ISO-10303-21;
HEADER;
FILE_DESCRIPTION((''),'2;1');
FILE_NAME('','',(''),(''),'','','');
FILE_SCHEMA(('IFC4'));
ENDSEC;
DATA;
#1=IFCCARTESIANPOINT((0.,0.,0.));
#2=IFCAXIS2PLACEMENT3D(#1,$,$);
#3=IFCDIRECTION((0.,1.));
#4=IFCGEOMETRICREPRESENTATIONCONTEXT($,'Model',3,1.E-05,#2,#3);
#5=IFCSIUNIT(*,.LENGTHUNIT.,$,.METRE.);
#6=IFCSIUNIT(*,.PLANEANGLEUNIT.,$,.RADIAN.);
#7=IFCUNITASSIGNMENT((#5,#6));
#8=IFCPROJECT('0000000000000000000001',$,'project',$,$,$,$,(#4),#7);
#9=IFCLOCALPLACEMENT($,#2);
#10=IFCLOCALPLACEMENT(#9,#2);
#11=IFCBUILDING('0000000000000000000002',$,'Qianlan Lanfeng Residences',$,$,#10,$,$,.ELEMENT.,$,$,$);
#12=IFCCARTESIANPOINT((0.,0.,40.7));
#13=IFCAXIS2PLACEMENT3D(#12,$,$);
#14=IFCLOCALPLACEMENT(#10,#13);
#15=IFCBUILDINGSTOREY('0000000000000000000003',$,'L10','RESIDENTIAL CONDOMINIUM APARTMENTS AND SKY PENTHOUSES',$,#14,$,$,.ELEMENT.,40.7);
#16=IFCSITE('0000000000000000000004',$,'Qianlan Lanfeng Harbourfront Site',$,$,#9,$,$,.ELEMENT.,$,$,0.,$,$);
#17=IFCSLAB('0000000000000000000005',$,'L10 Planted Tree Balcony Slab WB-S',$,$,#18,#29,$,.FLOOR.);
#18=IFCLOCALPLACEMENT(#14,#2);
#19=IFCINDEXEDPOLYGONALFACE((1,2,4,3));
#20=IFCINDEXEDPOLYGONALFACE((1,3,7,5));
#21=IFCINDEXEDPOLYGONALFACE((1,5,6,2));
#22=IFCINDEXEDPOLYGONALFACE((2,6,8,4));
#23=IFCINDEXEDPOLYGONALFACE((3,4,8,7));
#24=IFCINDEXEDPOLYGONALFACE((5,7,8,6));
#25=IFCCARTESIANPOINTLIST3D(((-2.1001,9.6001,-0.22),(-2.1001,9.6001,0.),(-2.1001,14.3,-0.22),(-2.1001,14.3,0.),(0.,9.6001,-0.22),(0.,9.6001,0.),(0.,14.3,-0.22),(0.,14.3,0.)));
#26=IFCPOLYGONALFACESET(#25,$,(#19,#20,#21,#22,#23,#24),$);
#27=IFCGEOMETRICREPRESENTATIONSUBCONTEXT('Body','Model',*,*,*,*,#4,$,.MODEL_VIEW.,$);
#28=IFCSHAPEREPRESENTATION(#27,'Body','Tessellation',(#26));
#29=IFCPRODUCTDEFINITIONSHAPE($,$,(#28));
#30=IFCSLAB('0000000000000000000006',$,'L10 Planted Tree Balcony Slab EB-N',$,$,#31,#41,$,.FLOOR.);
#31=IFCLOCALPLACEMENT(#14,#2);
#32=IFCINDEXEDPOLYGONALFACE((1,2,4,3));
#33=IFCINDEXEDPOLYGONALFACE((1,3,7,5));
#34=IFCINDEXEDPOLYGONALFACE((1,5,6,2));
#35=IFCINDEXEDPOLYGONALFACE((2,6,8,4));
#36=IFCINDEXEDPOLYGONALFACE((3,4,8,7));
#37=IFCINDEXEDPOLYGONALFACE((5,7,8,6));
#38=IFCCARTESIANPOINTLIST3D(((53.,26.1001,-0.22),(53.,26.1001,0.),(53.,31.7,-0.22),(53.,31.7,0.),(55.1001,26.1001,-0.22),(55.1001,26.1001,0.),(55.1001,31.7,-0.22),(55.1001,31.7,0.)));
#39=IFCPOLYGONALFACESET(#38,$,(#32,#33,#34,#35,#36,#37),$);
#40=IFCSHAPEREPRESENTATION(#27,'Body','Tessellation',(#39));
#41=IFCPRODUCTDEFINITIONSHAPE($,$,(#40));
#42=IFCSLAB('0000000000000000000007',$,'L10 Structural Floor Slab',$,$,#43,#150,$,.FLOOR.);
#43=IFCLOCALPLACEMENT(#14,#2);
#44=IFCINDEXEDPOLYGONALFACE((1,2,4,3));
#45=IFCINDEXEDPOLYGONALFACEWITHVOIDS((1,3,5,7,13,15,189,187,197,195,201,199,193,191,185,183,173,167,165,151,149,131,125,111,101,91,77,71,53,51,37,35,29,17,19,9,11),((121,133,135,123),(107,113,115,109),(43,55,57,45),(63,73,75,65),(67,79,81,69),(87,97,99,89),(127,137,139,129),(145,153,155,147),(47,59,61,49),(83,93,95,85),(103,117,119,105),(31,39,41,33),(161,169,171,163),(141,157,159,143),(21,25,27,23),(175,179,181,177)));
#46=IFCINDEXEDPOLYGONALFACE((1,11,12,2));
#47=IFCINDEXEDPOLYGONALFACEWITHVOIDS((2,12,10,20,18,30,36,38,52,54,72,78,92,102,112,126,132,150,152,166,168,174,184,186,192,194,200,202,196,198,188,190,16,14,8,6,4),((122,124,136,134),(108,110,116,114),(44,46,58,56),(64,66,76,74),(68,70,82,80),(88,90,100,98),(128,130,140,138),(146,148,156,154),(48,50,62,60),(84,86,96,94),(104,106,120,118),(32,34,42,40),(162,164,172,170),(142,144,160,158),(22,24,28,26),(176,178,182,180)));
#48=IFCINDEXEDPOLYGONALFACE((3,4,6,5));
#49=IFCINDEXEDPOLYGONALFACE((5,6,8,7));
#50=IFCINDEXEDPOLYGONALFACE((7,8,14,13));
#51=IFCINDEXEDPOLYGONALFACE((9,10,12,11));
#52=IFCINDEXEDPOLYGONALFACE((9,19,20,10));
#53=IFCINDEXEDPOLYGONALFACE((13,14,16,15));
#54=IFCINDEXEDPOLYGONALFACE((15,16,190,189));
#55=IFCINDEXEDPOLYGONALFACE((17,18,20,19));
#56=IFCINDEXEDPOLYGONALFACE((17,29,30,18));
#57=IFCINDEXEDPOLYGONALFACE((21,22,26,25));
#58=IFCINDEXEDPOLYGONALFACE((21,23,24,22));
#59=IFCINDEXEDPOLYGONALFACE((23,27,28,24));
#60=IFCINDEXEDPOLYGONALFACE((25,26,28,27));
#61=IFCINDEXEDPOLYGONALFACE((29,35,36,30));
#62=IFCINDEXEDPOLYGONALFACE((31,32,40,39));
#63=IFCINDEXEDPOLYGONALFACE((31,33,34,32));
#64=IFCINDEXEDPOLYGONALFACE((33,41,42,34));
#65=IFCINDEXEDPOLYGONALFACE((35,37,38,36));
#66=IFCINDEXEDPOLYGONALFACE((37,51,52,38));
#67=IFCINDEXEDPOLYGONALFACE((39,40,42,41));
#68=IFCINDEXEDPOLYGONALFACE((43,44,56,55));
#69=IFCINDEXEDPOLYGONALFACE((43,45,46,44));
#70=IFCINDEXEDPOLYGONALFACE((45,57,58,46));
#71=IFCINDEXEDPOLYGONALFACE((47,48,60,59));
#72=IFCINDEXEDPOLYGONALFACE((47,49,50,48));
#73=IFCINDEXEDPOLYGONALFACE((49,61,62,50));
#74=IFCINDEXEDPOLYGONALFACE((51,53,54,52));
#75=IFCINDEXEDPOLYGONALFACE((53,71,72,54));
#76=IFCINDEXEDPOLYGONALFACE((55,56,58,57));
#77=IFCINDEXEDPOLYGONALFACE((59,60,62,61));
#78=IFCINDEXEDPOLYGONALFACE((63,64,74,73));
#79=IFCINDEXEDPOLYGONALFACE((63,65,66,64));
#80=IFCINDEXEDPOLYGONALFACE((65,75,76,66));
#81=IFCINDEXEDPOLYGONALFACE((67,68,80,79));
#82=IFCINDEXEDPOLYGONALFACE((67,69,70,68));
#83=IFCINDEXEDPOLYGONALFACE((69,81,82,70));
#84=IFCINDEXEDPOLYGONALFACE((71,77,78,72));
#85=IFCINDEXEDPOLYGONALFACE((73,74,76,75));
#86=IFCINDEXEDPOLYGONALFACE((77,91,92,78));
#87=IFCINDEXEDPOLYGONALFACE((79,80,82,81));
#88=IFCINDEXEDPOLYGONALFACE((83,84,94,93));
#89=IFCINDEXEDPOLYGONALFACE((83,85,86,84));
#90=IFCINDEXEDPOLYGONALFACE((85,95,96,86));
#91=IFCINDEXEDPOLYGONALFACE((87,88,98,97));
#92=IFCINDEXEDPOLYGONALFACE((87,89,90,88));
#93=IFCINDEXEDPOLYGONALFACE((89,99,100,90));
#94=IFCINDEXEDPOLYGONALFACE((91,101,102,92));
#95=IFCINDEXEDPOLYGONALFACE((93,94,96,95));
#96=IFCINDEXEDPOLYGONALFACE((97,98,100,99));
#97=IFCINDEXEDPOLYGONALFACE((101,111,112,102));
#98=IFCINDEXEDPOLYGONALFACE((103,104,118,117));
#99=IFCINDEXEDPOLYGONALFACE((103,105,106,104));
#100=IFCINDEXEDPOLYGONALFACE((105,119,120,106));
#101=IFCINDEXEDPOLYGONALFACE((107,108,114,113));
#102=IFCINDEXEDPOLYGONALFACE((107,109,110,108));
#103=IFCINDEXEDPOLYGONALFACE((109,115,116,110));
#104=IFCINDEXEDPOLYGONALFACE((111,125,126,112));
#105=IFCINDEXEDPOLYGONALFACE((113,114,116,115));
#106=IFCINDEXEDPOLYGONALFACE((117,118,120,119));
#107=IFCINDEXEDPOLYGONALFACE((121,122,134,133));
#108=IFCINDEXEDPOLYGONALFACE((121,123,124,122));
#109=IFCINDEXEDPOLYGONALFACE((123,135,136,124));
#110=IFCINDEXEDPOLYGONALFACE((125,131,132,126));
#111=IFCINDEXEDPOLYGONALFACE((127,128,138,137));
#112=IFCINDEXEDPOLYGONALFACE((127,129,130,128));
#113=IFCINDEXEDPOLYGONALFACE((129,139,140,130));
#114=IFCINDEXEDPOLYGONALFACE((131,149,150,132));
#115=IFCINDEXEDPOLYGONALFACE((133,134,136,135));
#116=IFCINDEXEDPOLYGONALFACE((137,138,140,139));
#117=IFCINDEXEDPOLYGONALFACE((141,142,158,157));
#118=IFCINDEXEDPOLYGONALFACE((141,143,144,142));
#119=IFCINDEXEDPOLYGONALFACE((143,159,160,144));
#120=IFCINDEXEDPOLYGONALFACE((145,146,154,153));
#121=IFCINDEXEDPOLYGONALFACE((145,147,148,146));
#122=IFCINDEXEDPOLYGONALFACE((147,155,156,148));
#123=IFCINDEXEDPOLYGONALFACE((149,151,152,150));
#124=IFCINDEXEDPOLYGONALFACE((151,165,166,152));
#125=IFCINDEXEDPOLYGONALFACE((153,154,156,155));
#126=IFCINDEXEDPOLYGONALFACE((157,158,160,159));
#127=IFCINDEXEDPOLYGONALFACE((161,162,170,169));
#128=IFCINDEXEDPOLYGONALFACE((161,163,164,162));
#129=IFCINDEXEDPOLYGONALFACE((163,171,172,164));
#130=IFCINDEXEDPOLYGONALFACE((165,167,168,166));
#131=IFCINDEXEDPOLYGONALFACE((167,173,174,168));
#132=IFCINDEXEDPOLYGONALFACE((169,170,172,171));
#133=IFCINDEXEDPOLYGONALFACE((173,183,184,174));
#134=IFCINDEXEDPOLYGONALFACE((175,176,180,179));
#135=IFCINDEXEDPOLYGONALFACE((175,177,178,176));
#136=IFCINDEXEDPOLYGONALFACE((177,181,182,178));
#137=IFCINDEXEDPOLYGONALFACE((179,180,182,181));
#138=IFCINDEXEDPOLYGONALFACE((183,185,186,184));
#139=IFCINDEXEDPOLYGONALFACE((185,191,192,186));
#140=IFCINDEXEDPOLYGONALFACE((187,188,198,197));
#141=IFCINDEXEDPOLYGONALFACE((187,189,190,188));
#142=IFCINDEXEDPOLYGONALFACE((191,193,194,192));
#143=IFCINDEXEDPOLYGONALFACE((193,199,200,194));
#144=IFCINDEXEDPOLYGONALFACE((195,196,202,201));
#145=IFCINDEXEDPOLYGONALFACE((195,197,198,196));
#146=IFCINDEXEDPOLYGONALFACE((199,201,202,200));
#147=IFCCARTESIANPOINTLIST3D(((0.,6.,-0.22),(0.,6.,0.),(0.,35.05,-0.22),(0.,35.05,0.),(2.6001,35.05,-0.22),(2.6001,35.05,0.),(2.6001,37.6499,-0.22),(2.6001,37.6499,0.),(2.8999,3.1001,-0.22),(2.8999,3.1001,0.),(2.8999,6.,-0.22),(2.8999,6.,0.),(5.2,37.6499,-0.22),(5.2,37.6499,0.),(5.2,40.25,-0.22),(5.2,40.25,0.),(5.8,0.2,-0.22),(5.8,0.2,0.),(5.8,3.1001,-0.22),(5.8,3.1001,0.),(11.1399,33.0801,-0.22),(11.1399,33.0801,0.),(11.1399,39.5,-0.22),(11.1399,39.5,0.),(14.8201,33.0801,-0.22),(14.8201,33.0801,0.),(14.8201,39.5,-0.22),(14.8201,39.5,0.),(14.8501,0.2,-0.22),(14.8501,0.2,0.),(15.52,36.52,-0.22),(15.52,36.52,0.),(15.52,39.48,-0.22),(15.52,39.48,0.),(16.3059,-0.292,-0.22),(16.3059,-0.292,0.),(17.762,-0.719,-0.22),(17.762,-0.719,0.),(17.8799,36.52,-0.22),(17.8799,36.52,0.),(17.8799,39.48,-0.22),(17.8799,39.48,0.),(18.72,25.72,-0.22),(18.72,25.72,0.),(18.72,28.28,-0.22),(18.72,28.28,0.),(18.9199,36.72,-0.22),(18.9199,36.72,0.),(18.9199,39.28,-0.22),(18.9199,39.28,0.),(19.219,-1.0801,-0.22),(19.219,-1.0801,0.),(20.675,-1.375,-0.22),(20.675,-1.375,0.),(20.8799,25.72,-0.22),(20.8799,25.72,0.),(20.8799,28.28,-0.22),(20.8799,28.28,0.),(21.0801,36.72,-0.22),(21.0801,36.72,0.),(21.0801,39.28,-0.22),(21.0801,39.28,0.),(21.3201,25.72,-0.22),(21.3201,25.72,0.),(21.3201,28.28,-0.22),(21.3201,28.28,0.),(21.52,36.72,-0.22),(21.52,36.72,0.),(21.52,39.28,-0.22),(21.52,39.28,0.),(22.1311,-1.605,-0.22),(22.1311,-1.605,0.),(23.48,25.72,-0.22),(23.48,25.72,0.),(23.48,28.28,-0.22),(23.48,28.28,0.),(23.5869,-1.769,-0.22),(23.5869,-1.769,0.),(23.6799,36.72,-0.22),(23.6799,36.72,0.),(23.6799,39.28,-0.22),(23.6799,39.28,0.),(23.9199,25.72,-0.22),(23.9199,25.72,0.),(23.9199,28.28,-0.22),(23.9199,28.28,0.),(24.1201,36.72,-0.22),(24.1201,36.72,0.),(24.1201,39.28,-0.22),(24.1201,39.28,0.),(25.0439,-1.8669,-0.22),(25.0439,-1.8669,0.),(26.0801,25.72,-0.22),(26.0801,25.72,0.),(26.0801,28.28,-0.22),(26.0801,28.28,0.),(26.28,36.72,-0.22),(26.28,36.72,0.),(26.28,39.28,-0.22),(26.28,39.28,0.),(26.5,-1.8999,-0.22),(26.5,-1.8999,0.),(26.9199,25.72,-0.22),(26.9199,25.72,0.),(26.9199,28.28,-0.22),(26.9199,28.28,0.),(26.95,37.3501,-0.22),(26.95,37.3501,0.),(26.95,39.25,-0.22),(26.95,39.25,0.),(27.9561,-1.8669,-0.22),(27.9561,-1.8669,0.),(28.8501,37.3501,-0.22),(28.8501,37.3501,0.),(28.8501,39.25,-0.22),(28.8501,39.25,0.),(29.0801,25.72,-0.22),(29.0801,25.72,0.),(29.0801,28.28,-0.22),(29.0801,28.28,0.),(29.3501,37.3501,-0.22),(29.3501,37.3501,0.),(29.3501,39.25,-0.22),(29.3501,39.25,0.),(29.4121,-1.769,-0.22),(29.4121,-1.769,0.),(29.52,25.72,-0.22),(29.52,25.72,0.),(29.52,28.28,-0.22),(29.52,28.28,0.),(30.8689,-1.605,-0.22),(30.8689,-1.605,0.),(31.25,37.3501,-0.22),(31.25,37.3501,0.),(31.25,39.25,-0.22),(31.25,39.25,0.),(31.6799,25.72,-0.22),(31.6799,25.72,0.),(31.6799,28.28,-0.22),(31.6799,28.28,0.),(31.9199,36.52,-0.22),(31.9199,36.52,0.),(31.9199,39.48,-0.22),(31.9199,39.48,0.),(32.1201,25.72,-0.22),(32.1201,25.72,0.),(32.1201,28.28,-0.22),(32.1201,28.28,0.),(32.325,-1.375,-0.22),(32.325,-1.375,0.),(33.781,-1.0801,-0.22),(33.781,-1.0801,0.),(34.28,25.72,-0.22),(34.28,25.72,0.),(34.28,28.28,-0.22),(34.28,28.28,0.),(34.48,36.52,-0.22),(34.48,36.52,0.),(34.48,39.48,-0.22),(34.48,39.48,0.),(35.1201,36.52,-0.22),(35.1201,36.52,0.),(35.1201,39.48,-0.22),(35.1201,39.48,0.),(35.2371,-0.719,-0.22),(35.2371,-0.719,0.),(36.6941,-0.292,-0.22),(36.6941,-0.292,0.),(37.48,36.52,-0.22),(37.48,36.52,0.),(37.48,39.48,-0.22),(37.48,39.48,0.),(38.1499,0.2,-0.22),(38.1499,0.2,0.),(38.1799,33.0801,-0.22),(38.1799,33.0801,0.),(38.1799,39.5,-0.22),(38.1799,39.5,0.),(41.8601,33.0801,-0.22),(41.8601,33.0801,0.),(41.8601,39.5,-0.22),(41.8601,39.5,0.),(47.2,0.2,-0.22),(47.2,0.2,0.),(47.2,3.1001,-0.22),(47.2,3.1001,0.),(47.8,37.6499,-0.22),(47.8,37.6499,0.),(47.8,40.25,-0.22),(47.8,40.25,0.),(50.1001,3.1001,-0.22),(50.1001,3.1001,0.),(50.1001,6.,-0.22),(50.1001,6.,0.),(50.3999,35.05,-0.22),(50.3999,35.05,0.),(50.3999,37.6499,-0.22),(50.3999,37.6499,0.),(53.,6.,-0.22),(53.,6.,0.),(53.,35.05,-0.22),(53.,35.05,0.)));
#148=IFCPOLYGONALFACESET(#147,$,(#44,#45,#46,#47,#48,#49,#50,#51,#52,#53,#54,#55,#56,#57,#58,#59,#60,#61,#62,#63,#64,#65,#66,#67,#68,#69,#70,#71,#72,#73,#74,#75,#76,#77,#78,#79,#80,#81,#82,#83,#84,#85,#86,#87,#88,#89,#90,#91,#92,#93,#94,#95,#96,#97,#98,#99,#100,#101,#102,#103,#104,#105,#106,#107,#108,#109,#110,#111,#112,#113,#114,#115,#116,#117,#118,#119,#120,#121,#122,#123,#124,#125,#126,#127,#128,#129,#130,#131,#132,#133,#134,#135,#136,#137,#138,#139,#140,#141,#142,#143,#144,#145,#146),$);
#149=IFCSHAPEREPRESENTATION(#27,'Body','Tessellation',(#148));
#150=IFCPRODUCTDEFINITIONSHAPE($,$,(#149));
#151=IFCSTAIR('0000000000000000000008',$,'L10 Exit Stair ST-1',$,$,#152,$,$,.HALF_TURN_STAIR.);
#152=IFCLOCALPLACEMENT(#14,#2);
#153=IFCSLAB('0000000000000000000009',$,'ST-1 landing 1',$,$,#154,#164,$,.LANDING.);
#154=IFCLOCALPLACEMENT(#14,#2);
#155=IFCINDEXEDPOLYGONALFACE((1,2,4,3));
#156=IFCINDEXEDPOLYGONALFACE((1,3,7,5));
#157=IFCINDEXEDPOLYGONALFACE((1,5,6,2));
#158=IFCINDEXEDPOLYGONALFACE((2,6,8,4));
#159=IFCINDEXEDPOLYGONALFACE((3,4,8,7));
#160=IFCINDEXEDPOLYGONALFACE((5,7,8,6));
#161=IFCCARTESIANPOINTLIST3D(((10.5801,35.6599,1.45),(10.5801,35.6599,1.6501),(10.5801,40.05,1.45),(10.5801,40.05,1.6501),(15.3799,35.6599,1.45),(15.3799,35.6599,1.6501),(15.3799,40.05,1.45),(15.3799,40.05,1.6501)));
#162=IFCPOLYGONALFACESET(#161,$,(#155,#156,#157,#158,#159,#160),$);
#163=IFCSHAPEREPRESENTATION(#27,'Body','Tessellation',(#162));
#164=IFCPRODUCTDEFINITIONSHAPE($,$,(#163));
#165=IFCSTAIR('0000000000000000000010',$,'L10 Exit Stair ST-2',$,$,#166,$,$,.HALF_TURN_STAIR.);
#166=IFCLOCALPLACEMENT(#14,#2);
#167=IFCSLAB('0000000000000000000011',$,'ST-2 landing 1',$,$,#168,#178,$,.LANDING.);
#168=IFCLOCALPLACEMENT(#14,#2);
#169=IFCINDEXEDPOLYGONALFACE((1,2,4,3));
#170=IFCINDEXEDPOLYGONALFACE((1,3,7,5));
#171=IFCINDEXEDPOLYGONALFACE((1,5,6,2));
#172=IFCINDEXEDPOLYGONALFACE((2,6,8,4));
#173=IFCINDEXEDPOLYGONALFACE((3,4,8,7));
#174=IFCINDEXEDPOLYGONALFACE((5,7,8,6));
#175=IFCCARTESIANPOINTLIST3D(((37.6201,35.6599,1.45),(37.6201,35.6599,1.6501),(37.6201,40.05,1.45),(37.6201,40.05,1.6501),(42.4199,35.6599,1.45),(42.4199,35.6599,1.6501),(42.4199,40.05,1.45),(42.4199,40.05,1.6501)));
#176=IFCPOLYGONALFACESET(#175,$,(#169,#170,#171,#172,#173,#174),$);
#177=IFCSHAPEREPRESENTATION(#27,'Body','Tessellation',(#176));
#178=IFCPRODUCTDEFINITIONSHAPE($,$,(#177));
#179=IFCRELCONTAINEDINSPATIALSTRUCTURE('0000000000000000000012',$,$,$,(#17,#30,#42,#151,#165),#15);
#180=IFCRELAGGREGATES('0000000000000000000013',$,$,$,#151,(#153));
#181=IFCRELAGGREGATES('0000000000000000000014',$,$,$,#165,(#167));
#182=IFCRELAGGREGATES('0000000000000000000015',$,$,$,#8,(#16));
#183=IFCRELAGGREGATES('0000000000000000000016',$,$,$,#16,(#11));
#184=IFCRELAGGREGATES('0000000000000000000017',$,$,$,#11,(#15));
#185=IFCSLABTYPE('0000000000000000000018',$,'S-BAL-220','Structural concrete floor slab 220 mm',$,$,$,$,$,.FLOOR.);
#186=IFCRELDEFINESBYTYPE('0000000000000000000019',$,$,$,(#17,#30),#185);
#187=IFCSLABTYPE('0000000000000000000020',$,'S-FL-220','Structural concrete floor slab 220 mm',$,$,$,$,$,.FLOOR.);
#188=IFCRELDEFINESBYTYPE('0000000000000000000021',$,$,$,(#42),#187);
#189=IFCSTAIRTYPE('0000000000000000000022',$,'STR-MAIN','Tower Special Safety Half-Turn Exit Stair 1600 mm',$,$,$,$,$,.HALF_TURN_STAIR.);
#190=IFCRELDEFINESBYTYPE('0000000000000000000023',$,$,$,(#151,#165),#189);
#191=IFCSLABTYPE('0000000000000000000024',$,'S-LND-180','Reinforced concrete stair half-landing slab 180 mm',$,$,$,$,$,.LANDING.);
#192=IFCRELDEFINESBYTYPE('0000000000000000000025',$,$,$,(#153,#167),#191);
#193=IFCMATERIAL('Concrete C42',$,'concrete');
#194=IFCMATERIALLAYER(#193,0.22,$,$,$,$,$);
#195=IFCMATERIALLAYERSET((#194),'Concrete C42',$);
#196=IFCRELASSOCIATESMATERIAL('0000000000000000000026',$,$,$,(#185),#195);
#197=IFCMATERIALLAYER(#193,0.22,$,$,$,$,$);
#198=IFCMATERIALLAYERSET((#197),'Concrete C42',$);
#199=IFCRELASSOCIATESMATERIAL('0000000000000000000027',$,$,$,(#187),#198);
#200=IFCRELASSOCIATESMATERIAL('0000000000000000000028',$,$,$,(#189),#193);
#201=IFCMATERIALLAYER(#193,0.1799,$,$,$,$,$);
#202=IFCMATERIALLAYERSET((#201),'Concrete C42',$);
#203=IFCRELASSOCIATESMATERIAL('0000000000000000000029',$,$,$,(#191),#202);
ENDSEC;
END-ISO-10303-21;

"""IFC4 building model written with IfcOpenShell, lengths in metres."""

from ifc_helpers import new_model, si_unit, direction, frame, origin, place, context, subcontext, project, spatial, polyline, outline, extrude, material, layer, layer_set, type_object, element, aggregate, save


model = new_model("IFC4")

# Units and contexts
model_context = context("Model", 3, precision=1e-05, world=origin(), true_north=direction((0.0, 1.0)))
body_context = subcontext(model_context, "Body", "Model", "MODEL_VIEW")
ifc_project = project(units=[si_unit("LENGTHUNIT", "METRE"), si_unit("PLANEANGLEUNIT", "RADIAN")], contexts=[model_context])

# Site, building, storey
site_placement = place(None, origin())
site = spatial("IfcSite", under=ifc_project, at=site_placement, Name="Qianlan Lanfeng Harbourfront Site", CompositionType="ELEMENT", RefElevation=0.0)
building_placement = place(site_placement, origin())
building = spatial("IfcBuilding", under=site, at=building_placement, Name="Qianlan Lanfeng Residences", CompositionType="ELEMENT")
storey_placement = place(building_placement, frame((0.0, 0.0, 40.7)))
storey = spatial("IfcBuildingStorey", under=building, at=storey_placement, Name="L10", Description="RESIDENTIAL CONDOMINIUM APARTMENTS AND SKY PENTHOUSES", CompositionType="ELEMENT", Elevation=40.7)

# Slabs
ifc_material_1 = material(Name="Concrete C42", Category="concrete")
ifc_layer_1 = layer(ifc_material_1, 0.22)
ifc_layer_set_1 = layer_set([ifc_layer_1], Name="Concrete C42")
slab_type_1 = type_object("IfcSlabType", Name="S-BAL-220", Description="Structural concrete floor slab 220 mm", PredefinedType="FLOOR", material=ifc_layer_set_1)
slab_1_placement = place(storey_placement, frame((0.0, 0.0, -0.22)))
element("IfcSlab", 1, at=slab_1_placement, inside=storey, type_object=slab_type_1, Name="L10 Planted Tree Balcony Slab WB-S", PredefinedType="FLOOR", context=body_context, shape_type="SweptSolid", body=[
    extrude(outline(polyline([(0.0, 9.6001), (0.0, 14.3), (-2.1001, 14.3), (-2.1001, 9.6001), (0.0, 9.6001)])), origin(), (0.0, 0.0, 1.0), 0.22),
])
slab_2_placement = place(storey_placement, frame((0.0, 0.0, -0.22)))
element("IfcSlab", 2, at=slab_2_placement, inside=storey, type_object=slab_type_1, Name="L10 Planted Tree Balcony Slab EB-N", PredefinedType="FLOOR", context=body_context, shape_type="SweptSolid", body=[
    extrude(outline(polyline([(53.0, 31.7), (53.0, 26.1001), (55.1001, 26.1001), (55.1001, 31.7), (53.0, 31.7)])), origin(), (0.0, 0.0, 1.0), 0.22),
])
ifc_layer_2 = layer(ifc_material_1, 0.22)
ifc_layer_set_2 = layer_set([ifc_layer_2], Name="Concrete C42")
slab_type_2 = type_object("IfcSlabType", Name="S-FL-220", Description="Structural concrete floor slab 220 mm", PredefinedType="FLOOR", material=ifc_layer_set_2)
slab_3_placement = place(storey_placement, frame((0.0, 0.0, -0.22)))
element("IfcSlab", 3, at=slab_3_placement, inside=storey, type_object=slab_type_2, Name="L10 Structural Floor Slab", PredefinedType="FLOOR", context=body_context, shape_type="SweptSolid", body=[
    extrude(outline(polyline([(0.0, 6.0), (2.8999, 6.0), (2.8999, 3.1001), (5.8, 3.1001), (5.8, 0.2), (14.8501, 0.2), (16.3059, -0.292), (17.762, -0.719), (19.219, -1.0801), (20.675, -1.375), (22.1311, -1.605), (23.5869, -1.769), (25.0439, -1.8669), (26.5, -1.8999), (27.9561, -1.8669), (29.4121, -1.769), (30.8689, -1.605), (32.325, -1.375), (33.781, -1.0801), (35.2371, -0.719), (36.6941, -0.292), (38.1499, 0.2), (47.2, 0.2), (47.2, 3.1001), (50.1001, 3.1001), (50.1001, 6.0), (53.0, 6.0), (53.0, 35.05), (50.3999, 35.05), (50.3999, 37.6499), (47.8, 37.6499), (47.8, 40.25), (5.2, 40.25), (5.2, 37.6499), (2.6001, 37.6499), (2.6001, 35.05), (0.0, 35.05), (0.0, 6.0)]), holes=[polyline([(11.1399, 33.0801), (11.1399, 39.5), (14.8201, 39.5), (14.8201, 33.0801), (11.1399, 33.0801)]), polyline([(38.1799, 33.0801), (38.1799, 39.5), (41.8601, 39.5), (41.8601, 33.0801), (38.1799, 33.0801)]), polyline([(15.52, 36.52), (15.52, 39.48), (17.8799, 39.48), (17.8799, 36.52), (15.52, 36.52)]), polyline([(35.1201, 36.52), (35.1201, 39.48), (37.48, 39.48), (37.48, 36.52), (35.1201, 36.52)]), polyline([(31.9199, 36.52), (31.9199, 39.48), (34.48, 39.48), (34.48, 36.52), (31.9199, 36.52)]), polyline([(18.72, 25.72), (18.72, 28.28), (20.8799, 28.28), (20.8799, 25.72), (18.72, 25.72)]), polyline([(21.3201, 25.72), (21.3201, 28.28), (23.48, 28.28), (23.48, 25.72), (21.3201, 25.72)]), polyline([(23.9199, 25.72), (23.9199, 28.28), (26.0801, 28.28), (26.0801, 25.72), (23.9199, 25.72)]), polyline([(26.9199, 25.72), (26.9199, 28.28), (29.0801, 28.28), (29.0801, 25.72), (26.9199, 25.72)]), polyline([(29.52, 25.72), (29.52, 28.28), (31.6799, 28.28), (31.6799, 25.72), (29.52, 25.72)]), polyline([(32.1201, 25.72), (32.1201, 28.28), (34.28, 28.28), (34.28, 25.72), (32.1201, 25.72)]), polyline([(18.9199, 36.72), (18.9199, 39.28), (21.0801, 39.28), (21.0801, 36.72), (18.9199, 36.72)]), polyline([(21.52, 36.72), (21.52, 39.28), (23.6799, 39.28), (23.6799, 36.72), (21.52, 36.72)]), polyline([(24.1201, 36.72), (24.1201, 39.28), (26.28, 39.28), (26.28, 36.72), (24.1201, 36.72)]), polyline([(26.95, 37.3501), (26.95, 39.25), (28.8501, 39.25), (28.8501, 37.3501), (26.95, 37.3501)]), polyline([(29.3501, 37.3501), (29.3501, 39.25), (31.25, 39.25), (31.25, 37.3501), (29.3501, 37.3501)])]), origin(), (0.0, 0.0, 1.0), 0.22),
])

# Stairs, slabs
stair_type = type_object("IfcStairType", Name="STR-MAIN", Description="Tower Special Safety Half-Turn Exit Stair 1600 mm", PredefinedType="HALF_TURN_STAIR", material=ifc_material_1)
stair_1_placement = place(storey_placement, origin())
stair_1 = element("IfcStair", 4, at=stair_1_placement, inside=storey, type_object=stair_type, Name="L10 Exit Stair ST-1", PredefinedType="HALF_TURN_STAIR")
ifc_layer_3 = layer(ifc_material_1, 0.1799)
ifc_layer_set_3 = layer_set([ifc_layer_3], Name="Concrete C42")
slab_type_3 = type_object("IfcSlabType", Name="S-LND-180", Description="Reinforced concrete stair half-landing slab 180 mm", PredefinedType="LANDING", material=ifc_layer_set_3)
slab_4_placement = place(storey_placement, frame((0.0, 0.0, 1.45)))
slab_4 = element("IfcSlab", 5, at=slab_4_placement, type_object=slab_type_3, Name="ST-1 landing 1", PredefinedType="LANDING", context=body_context, shape_type="SweptSolid", body=[
    extrude(outline(polyline([(10.5801, 35.6599), (15.3799, 35.6599), (15.3799, 40.05), (10.5801, 40.05), (10.5801, 35.6599)])), origin(), (0.0, 0.0, 1.0), 0.2002),
])
aggregate(stair_1, [slab_4])
stair_2_placement = place(storey_placement, origin())
stair_2 = element("IfcStair", 6, at=stair_2_placement, inside=storey, type_object=stair_type, Name="L10 Exit Stair ST-2", PredefinedType="HALF_TURN_STAIR")
slab_5_placement = place(storey_placement, frame((0.0, 0.0, 1.45)))
slab_5 = element("IfcSlab", 7, at=slab_5_placement, type_object=slab_type_3, Name="ST-2 landing 1", PredefinedType="LANDING", context=body_context, shape_type="SweptSolid", body=[
    extrude(outline(polyline([(37.6201, 35.6599), (42.4199, 35.6599), (42.4199, 40.05), (37.6201, 40.05), (37.6201, 35.6599)])), origin(), (0.0, 0.0, 1.0), 0.2002),
])
aggregate(stair_2, [slab_5])

save(model, "model.ifc")
